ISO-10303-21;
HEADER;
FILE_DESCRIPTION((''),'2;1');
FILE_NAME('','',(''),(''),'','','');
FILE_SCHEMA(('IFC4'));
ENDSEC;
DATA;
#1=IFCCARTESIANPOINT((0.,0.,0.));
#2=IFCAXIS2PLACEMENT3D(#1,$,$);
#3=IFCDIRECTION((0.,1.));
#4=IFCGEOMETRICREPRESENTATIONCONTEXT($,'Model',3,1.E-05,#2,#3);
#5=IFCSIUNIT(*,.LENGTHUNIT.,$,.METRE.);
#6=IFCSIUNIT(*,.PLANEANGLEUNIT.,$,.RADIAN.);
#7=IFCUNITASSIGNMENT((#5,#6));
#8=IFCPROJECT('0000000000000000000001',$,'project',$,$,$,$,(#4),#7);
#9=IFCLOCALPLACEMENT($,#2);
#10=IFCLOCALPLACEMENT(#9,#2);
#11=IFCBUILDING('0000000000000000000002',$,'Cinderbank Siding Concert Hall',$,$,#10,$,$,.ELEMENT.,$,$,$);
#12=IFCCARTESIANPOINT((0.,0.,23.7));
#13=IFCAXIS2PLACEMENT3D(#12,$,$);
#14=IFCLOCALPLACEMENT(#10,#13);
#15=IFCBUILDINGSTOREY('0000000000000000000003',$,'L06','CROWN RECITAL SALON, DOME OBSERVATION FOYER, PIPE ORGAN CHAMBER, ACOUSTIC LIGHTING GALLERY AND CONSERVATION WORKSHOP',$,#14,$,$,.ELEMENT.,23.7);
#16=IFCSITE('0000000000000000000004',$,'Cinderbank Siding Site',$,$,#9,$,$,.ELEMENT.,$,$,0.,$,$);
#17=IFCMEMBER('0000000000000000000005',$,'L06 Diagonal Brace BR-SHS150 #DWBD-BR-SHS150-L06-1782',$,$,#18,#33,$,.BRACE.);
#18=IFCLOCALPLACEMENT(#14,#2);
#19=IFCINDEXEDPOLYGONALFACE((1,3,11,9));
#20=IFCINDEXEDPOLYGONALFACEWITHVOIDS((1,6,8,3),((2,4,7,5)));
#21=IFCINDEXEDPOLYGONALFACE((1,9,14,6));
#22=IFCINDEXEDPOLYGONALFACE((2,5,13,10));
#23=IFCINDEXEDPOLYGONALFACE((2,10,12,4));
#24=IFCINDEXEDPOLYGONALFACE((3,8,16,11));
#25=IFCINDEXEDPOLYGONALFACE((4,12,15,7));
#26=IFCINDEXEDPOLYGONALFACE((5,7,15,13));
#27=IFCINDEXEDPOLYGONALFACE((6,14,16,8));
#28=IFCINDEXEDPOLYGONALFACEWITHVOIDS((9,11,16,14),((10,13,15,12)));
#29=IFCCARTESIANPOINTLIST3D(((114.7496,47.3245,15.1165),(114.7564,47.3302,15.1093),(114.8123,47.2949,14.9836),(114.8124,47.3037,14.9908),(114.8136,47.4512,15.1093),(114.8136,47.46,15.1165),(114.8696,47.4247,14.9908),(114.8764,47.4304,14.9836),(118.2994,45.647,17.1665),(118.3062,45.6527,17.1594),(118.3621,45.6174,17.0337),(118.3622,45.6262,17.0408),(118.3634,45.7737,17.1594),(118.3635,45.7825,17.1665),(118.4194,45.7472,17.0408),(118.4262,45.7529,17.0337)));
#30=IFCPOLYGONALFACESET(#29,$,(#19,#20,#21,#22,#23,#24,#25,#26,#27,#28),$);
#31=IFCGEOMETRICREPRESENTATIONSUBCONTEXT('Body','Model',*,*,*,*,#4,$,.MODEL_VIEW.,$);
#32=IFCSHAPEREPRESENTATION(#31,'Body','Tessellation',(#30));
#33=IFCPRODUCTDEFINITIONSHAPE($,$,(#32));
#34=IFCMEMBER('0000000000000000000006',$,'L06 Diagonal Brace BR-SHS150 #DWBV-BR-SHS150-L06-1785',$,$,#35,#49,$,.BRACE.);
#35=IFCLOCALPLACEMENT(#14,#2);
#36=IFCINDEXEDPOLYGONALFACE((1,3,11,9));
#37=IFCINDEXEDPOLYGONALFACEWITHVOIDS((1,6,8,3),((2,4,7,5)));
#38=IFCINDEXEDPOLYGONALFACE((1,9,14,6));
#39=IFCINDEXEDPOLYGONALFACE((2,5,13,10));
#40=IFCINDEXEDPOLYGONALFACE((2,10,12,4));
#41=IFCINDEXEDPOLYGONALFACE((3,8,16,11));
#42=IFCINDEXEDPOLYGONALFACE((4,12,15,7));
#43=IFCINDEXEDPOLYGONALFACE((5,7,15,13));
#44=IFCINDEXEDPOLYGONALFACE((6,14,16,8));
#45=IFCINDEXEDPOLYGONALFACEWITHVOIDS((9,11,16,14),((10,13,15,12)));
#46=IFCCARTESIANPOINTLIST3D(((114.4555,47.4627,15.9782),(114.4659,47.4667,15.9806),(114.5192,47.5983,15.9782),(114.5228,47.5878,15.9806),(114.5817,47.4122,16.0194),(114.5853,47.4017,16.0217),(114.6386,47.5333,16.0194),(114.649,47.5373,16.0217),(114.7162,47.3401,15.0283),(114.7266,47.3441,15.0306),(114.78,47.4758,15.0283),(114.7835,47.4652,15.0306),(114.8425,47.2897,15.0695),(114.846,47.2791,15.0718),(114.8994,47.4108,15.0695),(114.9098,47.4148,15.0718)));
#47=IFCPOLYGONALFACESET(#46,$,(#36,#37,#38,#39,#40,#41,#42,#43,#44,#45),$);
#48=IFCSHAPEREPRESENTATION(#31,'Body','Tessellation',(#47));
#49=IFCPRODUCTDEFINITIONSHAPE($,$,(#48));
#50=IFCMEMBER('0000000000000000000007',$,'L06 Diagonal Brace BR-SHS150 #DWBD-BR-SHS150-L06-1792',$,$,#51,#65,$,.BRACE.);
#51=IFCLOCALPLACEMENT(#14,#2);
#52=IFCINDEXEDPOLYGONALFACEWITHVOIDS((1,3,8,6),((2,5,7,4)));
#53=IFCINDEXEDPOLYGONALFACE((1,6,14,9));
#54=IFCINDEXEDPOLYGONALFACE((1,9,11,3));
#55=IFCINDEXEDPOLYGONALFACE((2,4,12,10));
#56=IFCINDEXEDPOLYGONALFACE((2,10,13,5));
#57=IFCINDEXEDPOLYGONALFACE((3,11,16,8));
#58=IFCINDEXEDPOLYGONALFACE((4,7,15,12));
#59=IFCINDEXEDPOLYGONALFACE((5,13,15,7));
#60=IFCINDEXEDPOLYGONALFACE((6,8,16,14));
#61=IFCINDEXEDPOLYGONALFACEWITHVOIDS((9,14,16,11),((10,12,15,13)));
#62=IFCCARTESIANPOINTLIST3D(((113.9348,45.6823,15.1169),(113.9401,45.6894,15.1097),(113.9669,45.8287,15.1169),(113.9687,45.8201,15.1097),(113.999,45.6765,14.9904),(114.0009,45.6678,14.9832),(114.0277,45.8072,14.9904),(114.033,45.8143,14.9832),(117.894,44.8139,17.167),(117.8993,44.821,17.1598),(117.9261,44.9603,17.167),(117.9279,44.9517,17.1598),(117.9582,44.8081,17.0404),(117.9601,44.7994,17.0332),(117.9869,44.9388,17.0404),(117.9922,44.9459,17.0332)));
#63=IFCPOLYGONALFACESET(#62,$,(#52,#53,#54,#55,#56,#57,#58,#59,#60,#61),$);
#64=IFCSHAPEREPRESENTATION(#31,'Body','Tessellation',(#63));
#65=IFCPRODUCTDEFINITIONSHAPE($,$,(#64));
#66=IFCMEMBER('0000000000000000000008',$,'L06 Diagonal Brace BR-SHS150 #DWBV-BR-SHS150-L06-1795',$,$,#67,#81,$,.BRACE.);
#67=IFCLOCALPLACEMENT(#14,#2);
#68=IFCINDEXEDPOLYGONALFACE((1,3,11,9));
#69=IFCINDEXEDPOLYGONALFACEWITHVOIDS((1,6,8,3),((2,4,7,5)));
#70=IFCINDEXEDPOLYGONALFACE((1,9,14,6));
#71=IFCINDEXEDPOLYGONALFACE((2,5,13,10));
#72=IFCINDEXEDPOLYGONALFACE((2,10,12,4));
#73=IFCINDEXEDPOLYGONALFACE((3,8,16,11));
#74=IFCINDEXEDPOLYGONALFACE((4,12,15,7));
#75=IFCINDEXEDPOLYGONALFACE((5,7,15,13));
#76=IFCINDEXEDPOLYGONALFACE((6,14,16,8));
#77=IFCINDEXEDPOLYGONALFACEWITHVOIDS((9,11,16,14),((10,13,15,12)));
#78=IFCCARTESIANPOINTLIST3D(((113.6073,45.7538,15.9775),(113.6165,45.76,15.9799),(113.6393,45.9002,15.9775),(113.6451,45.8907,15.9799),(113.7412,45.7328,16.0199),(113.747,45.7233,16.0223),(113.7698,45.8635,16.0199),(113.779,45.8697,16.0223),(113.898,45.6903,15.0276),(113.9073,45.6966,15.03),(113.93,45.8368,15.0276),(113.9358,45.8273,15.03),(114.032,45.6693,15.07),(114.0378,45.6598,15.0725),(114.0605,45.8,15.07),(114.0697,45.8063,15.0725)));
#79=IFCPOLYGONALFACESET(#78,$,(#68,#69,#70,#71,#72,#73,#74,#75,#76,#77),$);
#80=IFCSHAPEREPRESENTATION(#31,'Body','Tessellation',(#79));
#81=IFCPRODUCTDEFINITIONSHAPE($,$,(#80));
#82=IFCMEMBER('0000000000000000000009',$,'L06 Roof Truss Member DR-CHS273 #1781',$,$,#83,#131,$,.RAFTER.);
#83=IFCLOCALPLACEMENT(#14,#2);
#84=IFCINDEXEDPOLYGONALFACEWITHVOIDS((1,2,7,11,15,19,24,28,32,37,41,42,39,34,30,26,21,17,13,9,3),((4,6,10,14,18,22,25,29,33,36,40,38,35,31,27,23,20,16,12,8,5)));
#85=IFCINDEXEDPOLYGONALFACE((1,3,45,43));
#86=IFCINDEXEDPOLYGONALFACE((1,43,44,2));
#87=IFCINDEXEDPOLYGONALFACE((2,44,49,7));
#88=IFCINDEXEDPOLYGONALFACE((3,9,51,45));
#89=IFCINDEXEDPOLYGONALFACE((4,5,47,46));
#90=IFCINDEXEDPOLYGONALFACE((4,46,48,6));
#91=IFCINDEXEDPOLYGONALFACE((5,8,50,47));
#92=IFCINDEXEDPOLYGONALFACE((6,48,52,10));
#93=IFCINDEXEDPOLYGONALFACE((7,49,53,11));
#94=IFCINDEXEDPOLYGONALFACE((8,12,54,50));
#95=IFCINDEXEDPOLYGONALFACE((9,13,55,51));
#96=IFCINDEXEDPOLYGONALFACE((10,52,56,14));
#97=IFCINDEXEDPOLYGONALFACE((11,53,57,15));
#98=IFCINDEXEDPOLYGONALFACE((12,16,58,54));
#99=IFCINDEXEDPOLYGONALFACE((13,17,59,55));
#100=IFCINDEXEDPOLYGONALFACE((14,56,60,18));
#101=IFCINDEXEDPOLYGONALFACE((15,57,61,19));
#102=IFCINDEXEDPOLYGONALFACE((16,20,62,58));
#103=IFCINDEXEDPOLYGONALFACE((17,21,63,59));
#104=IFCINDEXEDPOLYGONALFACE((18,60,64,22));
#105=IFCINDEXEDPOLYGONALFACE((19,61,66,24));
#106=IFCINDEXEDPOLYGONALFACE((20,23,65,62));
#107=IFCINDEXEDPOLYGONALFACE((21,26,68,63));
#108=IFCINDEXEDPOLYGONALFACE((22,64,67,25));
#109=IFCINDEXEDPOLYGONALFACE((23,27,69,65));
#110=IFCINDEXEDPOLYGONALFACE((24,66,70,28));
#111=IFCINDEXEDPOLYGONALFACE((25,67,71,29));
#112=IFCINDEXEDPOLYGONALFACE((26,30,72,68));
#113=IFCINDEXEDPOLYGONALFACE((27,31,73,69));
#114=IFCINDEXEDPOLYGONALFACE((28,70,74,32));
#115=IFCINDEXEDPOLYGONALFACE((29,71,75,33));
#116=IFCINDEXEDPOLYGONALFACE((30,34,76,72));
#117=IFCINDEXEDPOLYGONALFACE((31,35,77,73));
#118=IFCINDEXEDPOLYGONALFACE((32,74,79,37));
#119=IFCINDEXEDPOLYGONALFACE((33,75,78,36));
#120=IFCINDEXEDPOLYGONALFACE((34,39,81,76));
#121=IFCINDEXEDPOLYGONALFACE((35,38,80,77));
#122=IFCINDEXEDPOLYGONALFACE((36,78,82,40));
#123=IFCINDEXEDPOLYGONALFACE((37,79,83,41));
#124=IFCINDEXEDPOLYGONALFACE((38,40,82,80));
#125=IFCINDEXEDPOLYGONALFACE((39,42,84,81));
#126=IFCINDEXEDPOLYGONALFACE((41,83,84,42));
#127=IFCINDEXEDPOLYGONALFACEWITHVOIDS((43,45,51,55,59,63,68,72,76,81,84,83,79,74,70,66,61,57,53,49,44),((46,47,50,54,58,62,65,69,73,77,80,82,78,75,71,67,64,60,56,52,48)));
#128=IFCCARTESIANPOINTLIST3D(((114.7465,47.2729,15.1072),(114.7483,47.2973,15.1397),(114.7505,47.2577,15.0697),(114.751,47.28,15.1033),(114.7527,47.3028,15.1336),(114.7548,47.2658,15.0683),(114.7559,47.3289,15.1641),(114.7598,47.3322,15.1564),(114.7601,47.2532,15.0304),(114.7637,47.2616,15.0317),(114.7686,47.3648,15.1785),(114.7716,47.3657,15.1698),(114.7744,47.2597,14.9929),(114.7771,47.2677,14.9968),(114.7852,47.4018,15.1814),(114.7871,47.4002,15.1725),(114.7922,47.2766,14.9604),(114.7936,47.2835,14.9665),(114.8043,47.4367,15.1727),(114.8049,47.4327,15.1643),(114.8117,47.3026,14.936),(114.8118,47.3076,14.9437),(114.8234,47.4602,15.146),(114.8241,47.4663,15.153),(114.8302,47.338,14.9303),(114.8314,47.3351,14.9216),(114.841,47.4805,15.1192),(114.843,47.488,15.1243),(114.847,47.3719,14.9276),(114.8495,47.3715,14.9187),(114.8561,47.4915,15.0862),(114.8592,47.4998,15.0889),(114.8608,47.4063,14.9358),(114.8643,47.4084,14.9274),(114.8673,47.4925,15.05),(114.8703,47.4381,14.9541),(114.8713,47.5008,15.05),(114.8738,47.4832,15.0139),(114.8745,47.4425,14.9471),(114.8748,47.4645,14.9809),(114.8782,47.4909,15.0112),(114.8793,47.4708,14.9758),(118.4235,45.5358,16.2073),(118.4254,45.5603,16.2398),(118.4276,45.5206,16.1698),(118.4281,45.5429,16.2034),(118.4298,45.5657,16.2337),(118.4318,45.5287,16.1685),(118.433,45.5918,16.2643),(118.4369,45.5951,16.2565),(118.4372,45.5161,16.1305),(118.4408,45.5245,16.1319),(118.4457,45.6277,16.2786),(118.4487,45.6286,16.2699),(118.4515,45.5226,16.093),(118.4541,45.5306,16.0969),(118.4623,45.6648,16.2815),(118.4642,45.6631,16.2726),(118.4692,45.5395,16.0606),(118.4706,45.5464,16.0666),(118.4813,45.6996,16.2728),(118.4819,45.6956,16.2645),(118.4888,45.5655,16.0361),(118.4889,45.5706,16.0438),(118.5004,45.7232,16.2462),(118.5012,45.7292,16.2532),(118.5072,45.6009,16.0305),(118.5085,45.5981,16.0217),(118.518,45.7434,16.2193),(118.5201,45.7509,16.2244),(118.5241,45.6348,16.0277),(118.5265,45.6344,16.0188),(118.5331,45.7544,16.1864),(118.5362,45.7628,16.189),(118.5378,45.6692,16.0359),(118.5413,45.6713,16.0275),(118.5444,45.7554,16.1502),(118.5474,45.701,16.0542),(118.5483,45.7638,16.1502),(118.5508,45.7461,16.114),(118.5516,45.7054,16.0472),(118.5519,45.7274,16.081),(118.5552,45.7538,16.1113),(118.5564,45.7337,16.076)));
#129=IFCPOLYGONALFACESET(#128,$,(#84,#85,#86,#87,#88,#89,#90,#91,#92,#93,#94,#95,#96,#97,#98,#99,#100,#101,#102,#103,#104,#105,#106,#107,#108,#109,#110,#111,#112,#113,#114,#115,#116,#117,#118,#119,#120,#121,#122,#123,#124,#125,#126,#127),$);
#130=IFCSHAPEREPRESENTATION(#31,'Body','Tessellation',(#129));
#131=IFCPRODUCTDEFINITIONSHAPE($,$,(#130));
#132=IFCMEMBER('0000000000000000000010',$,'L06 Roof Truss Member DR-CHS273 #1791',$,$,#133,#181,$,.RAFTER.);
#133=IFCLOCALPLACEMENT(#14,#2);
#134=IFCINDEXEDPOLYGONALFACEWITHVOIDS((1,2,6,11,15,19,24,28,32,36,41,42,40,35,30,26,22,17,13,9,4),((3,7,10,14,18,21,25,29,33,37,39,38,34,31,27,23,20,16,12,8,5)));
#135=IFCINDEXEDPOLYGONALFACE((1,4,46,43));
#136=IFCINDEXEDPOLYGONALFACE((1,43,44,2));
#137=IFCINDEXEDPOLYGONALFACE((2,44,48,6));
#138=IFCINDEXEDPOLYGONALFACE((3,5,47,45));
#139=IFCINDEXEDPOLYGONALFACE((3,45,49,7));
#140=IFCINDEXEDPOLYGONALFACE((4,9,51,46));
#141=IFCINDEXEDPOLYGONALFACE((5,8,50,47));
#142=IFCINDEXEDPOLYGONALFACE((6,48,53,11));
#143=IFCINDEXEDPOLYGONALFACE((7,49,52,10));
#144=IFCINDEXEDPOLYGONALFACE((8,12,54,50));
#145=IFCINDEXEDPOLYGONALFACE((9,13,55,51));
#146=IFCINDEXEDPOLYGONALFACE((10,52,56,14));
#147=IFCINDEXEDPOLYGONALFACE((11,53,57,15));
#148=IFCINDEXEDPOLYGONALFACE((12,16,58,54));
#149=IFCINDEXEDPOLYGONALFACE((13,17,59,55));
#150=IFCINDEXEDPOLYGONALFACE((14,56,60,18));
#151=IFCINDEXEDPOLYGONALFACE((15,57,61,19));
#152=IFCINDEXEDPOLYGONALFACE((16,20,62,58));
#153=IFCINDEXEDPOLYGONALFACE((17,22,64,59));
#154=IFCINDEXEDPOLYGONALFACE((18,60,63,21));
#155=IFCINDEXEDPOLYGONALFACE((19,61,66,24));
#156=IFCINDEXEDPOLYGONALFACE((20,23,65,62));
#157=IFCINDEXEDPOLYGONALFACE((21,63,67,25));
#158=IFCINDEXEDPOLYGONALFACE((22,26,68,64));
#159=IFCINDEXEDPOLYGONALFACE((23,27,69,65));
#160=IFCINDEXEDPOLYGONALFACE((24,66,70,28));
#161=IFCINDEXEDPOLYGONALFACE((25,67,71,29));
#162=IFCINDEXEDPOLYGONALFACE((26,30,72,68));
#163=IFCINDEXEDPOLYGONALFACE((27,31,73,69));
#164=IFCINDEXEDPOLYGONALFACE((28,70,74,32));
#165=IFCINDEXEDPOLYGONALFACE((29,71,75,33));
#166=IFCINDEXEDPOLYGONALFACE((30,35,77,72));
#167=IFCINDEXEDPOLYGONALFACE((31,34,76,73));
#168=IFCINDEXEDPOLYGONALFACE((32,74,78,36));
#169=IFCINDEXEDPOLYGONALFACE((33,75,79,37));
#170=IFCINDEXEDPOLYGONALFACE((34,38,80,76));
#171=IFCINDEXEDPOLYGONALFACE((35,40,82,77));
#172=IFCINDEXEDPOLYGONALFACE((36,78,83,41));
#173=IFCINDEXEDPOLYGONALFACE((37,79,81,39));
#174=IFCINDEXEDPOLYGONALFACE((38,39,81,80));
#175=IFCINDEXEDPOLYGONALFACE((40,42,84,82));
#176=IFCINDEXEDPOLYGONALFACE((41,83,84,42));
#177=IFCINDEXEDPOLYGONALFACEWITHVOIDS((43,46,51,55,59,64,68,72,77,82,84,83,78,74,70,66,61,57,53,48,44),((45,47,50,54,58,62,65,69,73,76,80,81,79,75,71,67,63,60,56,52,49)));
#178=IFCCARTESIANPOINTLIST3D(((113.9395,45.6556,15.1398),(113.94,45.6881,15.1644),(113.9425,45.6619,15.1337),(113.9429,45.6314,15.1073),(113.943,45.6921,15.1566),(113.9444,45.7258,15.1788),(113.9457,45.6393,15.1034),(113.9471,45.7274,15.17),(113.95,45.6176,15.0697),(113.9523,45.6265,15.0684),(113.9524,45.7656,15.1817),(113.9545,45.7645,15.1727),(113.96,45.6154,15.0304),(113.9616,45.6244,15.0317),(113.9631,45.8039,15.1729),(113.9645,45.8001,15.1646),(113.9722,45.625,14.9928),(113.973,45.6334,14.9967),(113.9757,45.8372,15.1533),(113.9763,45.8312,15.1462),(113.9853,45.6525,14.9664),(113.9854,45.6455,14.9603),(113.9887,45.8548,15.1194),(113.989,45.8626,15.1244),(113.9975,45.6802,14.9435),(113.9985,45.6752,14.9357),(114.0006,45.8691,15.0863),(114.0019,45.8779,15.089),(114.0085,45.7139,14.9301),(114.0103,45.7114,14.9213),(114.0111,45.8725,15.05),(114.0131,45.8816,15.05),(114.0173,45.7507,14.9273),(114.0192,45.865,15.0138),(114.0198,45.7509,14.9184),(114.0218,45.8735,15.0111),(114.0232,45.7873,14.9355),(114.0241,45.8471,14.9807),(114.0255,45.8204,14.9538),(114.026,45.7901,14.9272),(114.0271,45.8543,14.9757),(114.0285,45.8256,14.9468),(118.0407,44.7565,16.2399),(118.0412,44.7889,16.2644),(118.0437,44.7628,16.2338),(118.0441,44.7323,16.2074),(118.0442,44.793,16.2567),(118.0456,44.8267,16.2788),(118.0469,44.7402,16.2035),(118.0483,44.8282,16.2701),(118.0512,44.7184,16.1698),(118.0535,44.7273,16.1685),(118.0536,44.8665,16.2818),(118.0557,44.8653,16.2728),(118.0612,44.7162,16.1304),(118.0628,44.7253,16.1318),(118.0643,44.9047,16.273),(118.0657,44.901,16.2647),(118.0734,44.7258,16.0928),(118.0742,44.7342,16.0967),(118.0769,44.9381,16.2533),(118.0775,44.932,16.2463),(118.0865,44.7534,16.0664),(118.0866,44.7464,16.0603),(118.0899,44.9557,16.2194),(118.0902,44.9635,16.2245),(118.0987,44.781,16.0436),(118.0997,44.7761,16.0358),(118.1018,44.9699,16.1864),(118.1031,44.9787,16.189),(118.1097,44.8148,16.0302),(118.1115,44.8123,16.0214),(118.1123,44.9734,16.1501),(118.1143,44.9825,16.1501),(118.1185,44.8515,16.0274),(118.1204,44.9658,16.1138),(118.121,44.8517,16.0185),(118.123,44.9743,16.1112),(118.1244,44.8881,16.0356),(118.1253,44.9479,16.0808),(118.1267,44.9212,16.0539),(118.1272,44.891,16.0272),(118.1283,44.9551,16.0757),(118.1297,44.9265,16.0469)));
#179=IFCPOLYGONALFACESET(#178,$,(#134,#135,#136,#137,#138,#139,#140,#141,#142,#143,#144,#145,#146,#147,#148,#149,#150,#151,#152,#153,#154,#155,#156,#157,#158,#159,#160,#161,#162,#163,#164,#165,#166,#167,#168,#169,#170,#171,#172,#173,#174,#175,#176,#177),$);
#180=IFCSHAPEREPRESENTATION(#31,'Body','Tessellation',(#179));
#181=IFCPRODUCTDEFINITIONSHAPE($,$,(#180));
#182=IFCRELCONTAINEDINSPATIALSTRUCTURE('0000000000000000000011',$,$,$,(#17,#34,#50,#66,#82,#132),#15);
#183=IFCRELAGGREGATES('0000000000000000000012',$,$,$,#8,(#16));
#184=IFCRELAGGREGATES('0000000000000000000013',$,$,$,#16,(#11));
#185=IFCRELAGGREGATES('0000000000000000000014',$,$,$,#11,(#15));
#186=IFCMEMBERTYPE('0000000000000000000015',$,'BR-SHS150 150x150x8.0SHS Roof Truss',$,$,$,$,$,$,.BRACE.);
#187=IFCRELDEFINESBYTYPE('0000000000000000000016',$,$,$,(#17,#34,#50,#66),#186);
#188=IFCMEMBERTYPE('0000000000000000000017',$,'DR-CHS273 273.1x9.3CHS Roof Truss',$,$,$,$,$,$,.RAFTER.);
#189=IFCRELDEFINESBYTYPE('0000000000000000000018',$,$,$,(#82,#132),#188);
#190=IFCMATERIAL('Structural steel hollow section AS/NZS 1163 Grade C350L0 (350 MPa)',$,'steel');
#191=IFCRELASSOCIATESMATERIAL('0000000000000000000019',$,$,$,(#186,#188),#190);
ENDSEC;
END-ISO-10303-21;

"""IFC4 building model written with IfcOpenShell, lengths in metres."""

from ifc_helpers import new_model, si_unit, direction, frame, origin, origin_2d, place, context, subcontext, project, spatial, hollow_rectangle, hollow_circle, extrude, material, material_profile, profile_set, type_object, element, save


model = new_model("IFC4")

# Units and contexts
model_context = context("Model", 3, precision=1e-05, world=origin(), true_north=direction((0.0, 1.0)))
body_context = subcontext(model_context, "Body", "Model", "MODEL_VIEW")
ifc_project = project(units=[si_unit("LENGTHUNIT", "METRE"), si_unit("PLANEANGLEUNIT", "RADIAN")], contexts=[model_context])

# Site, building, storey
site_placement = place(None, origin())
site = spatial("IfcSite", under=ifc_project, at=site_placement, Name="Cinderbank Siding Site", CompositionType="ELEMENT", RefElevation=0.0)
building_placement = place(site_placement, origin())
building = spatial("IfcBuilding", under=site, at=building_placement, Name="Cinderbank Siding Concert Hall", CompositionType="ELEMENT")
storey_placement = place(building_placement, frame((0.0, 0.0, 23.7)))
storey = spatial("IfcBuildingStorey", under=building, at=storey_placement, Name="L06", Description="CROWN RECITAL SALON, DOME OBSERVATION FOYER, PIPE ORGAN CHAMBER, ACOUSTIC LIGHTING GALLERY AND CONSERVATION WORKSHOP", CompositionType="ELEMENT", Elevation=23.7)

# Members
ifc_material_1 = material(Name="Structural steel hollow section AS/NZS 1163 Grade C350L0 (350 MPa)", Category="steel")
ifc_material_profile_1 = material_profile(ifc_material_1, hollow_rectangle(XDim=0.1499, YDim=0.1499, WallThickness=0.0081, at=origin_2d()), Name="150x150x8.0SHS", Category="LoadBearing")
ifc_profile_set_1 = profile_set([ifc_material_profile_1], Name="Structural steel hollow section AS/NZS 1163 Grade C350L0 (350 MPa)")
member_type_1 = type_object("IfcMemberType", Name="BR-SHS150 150x150x8.0SHS Roof Truss", PredefinedType="BRACE", material=ifc_profile_set_1)
member_1_placement = place(storey_placement, frame((114.813, 47.3774, 15.05), z_axis=(0.801456, -0.378735, 0.462849), x_axis=(0.427255, 0.904131, 0.0)))
element("IfcMember", 1, at=member_1_placement, inside=storey, type_object=member_type_1, Name="L06 Diagonal Brace BR-SHS150 #DWBD-BR-SHS150-L06-1782", PredefinedType="BRACE", context=body_context, shape_type="SweptSolid", body=[
    extrude(hollow_rectangle(XDim=0.1499, YDim=0.1499, WallThickness=0.0081, at=origin_2d()), origin(), (0.0, 0.0, 1.0), 4.4292),
])
member_2_placement = place(storey_placement, frame((114.813, 47.3774, 15.05), z_axis=(-0.262665, 0.123462, 0.956956), x_axis=(-0.425389, -0.905011, 0.0)))
element("IfcMember", 2, at=member_2_placement, inside=storey, type_object=member_type_1, Name="L06 Diagonal Brace BR-SHS150 #DWBV-BR-SHS150-L06-1785", PredefinedType="BRACE", context=body_context, shape_type="SweptSolid", body=[
    extrude(hollow_rectangle(XDim=0.1499, YDim=0.1499, WallThickness=0.0081, at=origin_2d()), origin(), (0.0, 0.0, 1.0), 0.9927),
])
member_3_placement = place(storey_placement, frame((113.9839, 45.7483, 15.05), z_axis=(0.871639, -0.191183, 0.451326), x_axis=(0.214245, 0.97678, 0.0)))
element("IfcMember", 3, at=member_3_placement, inside=storey, type_object=member_type_1, Name="L06 Diagonal Brace BR-SHS150 #DWBD-BR-SHS150-L06-1792", PredefinedType="BRACE", context=body_context, shape_type="SweptSolid", body=[
    extrude(hollow_rectangle(XDim=0.1499, YDim=0.1499, WallThickness=0.0081, at=origin_2d()), origin(), (0.0, 0.0, 1.0), 4.5422),
])
member_4_placement = place(storey_placement, frame((113.9839, 45.7483, 15.05), z_axis=(-0.292091, 0.063765, 0.954262), x_axis=(-0.213281, -0.976991, 0.0)))
element("IfcMember", 4, at=member_4_placement, inside=storey, type_object=member_type_1, Name="L06 Diagonal Brace BR-SHS150 #DWBV-BR-SHS150-L06-1795", PredefinedType="BRACE", context=body_context, shape_type="SweptSolid", body=[
    extrude(hollow_rectangle(XDim=0.1499, YDim=0.1499, WallThickness=0.0081, at=origin_2d()), origin(), (0.0, 0.0, 1.0), 0.9954),
])
ifc_material_profile_2 = material_profile(ifc_material_1, hollow_circle(Radius=0.1365, WallThickness=0.0093, at=origin_2d()), Name="273.1x9.3CHS", Category="LoadBearing")
ifc_profile_set_2 = profile_set([ifc_material_profile_2], Name="Structural steel hollow section AS/NZS 1163 Grade C350L0 (350 MPa)")
member_type_2 = type_object("IfcMemberType", Name="DR-CHS273 273.1x9.3CHS Roof Truss", PredefinedType="RAFTER", material=ifc_profile_set_2)
member_5_placement = place(storey_placement, frame((114.813, 47.3774, 15.05), z_axis=(0.87281, -0.412326, 0.26113), x_axis=(0.427147, 0.904182, 0.0)))
element("IfcMember", 5, at=member_5_placement, inside=storey, type_object=member_type_2, Name="L06 Roof Truss Member DR-CHS273 #1781", PredefinedType="RAFTER", context=body_context, shape_type="SweptSolid", body=[
    extrude(hollow_circle(Radius=0.1365, WallThickness=0.0093, at=origin_2d()), origin(), (0.0, 0.0, 1.0), 4.2129),
])
member_6_placement = place(storey_placement, frame((113.9839, 45.7483, 15.05), z_axis=(0.944906, -0.20716, 0.253452), x_axis=(0.214153, 0.9768, 0.0)))
element("IfcMember", 6, at=member_6_placement, inside=storey, type_object=member_type_2, Name="L06 Roof Truss Member DR-CHS273 #1791", PredefinedType="RAFTER", context=body_context, shape_type="SweptSolid", body=[
    extrude(hollow_circle(Radius=0.1365, WallThickness=0.0093, at=origin_2d()), origin(), (0.0, 0.0, 1.0), 4.3403),
])

save(model, "model.ifc")
